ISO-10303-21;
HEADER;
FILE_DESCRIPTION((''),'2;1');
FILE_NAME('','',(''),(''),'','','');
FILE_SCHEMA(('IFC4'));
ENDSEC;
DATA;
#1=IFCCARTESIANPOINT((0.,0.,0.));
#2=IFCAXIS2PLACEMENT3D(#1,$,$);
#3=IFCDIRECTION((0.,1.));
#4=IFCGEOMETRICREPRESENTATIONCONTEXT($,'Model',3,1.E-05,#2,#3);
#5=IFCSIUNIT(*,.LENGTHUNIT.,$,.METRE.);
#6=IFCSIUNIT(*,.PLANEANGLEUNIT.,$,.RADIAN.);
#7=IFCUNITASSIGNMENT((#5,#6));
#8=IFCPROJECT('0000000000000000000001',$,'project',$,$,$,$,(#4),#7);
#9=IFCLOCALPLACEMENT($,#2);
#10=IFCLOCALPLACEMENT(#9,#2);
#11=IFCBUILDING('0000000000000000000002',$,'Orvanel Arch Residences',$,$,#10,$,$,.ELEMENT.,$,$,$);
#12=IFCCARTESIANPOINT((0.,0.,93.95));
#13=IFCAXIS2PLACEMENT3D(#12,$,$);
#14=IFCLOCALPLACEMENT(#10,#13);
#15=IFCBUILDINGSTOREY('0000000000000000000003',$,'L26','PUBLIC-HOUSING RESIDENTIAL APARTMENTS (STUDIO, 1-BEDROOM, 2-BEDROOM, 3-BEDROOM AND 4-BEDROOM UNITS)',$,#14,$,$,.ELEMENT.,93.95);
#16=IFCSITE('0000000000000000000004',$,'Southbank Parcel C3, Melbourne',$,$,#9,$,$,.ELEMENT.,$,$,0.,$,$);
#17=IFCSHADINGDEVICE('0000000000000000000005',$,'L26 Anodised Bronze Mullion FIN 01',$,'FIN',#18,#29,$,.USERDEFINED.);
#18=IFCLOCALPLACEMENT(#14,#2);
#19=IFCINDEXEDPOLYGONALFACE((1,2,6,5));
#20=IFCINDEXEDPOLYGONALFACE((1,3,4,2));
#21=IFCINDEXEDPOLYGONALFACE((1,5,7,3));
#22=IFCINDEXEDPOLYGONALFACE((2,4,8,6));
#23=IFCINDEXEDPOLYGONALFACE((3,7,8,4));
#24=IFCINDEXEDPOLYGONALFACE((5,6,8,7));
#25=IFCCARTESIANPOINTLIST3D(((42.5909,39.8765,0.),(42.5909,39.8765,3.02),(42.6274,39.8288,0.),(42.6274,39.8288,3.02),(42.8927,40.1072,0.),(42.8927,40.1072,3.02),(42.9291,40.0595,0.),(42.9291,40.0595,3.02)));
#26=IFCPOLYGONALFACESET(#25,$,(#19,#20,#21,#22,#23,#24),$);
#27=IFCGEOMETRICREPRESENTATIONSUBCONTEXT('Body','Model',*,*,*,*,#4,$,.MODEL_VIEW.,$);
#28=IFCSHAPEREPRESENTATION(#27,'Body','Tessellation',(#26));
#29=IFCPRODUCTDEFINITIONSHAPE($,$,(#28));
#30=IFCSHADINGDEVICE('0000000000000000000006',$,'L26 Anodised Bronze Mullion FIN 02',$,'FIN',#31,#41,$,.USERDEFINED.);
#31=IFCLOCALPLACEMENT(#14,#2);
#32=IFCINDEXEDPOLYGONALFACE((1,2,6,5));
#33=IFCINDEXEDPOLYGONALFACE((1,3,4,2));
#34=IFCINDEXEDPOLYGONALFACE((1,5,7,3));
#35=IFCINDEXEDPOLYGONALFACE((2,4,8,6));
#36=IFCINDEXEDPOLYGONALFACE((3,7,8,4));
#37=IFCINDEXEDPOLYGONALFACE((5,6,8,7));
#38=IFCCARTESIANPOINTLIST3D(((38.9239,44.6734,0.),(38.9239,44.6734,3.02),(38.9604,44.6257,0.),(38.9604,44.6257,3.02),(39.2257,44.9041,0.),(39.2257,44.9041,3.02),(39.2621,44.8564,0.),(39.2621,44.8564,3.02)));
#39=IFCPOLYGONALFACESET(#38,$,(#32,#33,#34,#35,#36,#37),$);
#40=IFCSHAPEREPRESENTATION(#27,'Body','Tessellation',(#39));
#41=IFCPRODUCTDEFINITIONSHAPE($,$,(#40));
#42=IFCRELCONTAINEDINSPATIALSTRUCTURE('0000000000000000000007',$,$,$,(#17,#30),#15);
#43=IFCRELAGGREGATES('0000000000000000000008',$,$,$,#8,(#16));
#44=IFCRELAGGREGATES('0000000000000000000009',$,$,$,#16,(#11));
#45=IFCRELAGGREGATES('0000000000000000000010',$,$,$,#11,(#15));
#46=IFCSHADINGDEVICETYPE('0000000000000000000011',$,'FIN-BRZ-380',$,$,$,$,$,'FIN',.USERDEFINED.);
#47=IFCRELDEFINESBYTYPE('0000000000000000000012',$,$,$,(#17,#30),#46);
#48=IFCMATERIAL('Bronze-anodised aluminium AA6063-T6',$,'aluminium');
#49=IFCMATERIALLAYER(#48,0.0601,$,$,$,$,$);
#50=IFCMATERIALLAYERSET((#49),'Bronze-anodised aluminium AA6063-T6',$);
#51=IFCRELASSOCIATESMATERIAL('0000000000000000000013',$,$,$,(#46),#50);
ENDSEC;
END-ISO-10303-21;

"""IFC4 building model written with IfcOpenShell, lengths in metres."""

from ifc_helpers import new_model, si_unit, direction, frame, origin, origin_2d, place, context, subcontext, project, spatial, rectangle, extrude, material, layer, layer_set, type_object, element, save


model = new_model("IFC4")

# Units and contexts
model_context = context("Model", 3, precision=1e-05, world=origin(), true_north=direction((0.0, 1.0)))
body_context = subcontext(model_context, "Body", "Model", "MODEL_VIEW")
ifc_project = project(units=[si_unit("LENGTHUNIT", "METRE"), si_unit("PLANEANGLEUNIT", "RADIAN")], contexts=[model_context])

# Site, building, storey
site_placement = place(None, origin())
site = spatial("IfcSite", under=ifc_project, at=site_placement, Name="Southbank Parcel C3, Melbourne", CompositionType="ELEMENT", RefElevation=0.0)
building_placement = place(site_placement, origin())
building = spatial("IfcBuilding", under=site, at=building_placement, Name="Orvanel Arch Residences", CompositionType="ELEMENT")
storey_placement = place(building_placement, frame((0.0, 0.0, 93.95)))
storey = spatial("IfcBuildingStorey", under=building, at=storey_placement, Name="L26", Description="PUBLIC-HOUSING RESIDENTIAL APARTMENTS (STUDIO, 1-BEDROOM, 2-BEDROOM, 3-BEDROOM AND 4-BEDROOM UNITS)", CompositionType="ELEMENT", Elevation=93.95)

# Shared definitions
ifc_material_1 = material(Name="Bronze-anodised aluminium AA6063-T6", Category="aluminium")

# Shading devices
ifc_layer_1 = layer(ifc_material_1, 0.0601)
ifc_layer_set_1 = layer_set([ifc_layer_1], Name="Bronze-anodised aluminium AA6063-T6")
shading_device_type = type_object("IfcShadingDeviceType", Name="FIN-BRZ-380", ElementType="FIN", PredefinedType="USERDEFINED", material=ifc_layer_set_1)
for number, where, z_axis, x_axis, name in (
    (1, (42.76, 39.968, 0.0), (0.0, 0.0, 1.0), (0.794415, 0.607376, 0.0), "L26 Anodised Bronze Mullion FIN 01"),
    (2, (39.093, 44.7649, 0.0), (0.0, 0.0, 1.0), (0.794415, 0.607376, 0.0), "L26 Anodised Bronze Mullion FIN 02"),
):
    element("IfcShadingDevice", number, at=place(storey_placement, frame(where, z_axis=z_axis, x_axis=x_axis)), inside=storey, type_object=shading_device_type, Name=name, ObjectType="FIN", PredefinedType="USERDEFINED", context=body_context, shape_type="SweptSolid", body=[
        extrude(rectangle(XDim=0.3799, YDim=0.0601, at=origin_2d()), origin(), (0.0, 0.0, 1.0), 3.02),
    ])

save(model, "model.ifc")
